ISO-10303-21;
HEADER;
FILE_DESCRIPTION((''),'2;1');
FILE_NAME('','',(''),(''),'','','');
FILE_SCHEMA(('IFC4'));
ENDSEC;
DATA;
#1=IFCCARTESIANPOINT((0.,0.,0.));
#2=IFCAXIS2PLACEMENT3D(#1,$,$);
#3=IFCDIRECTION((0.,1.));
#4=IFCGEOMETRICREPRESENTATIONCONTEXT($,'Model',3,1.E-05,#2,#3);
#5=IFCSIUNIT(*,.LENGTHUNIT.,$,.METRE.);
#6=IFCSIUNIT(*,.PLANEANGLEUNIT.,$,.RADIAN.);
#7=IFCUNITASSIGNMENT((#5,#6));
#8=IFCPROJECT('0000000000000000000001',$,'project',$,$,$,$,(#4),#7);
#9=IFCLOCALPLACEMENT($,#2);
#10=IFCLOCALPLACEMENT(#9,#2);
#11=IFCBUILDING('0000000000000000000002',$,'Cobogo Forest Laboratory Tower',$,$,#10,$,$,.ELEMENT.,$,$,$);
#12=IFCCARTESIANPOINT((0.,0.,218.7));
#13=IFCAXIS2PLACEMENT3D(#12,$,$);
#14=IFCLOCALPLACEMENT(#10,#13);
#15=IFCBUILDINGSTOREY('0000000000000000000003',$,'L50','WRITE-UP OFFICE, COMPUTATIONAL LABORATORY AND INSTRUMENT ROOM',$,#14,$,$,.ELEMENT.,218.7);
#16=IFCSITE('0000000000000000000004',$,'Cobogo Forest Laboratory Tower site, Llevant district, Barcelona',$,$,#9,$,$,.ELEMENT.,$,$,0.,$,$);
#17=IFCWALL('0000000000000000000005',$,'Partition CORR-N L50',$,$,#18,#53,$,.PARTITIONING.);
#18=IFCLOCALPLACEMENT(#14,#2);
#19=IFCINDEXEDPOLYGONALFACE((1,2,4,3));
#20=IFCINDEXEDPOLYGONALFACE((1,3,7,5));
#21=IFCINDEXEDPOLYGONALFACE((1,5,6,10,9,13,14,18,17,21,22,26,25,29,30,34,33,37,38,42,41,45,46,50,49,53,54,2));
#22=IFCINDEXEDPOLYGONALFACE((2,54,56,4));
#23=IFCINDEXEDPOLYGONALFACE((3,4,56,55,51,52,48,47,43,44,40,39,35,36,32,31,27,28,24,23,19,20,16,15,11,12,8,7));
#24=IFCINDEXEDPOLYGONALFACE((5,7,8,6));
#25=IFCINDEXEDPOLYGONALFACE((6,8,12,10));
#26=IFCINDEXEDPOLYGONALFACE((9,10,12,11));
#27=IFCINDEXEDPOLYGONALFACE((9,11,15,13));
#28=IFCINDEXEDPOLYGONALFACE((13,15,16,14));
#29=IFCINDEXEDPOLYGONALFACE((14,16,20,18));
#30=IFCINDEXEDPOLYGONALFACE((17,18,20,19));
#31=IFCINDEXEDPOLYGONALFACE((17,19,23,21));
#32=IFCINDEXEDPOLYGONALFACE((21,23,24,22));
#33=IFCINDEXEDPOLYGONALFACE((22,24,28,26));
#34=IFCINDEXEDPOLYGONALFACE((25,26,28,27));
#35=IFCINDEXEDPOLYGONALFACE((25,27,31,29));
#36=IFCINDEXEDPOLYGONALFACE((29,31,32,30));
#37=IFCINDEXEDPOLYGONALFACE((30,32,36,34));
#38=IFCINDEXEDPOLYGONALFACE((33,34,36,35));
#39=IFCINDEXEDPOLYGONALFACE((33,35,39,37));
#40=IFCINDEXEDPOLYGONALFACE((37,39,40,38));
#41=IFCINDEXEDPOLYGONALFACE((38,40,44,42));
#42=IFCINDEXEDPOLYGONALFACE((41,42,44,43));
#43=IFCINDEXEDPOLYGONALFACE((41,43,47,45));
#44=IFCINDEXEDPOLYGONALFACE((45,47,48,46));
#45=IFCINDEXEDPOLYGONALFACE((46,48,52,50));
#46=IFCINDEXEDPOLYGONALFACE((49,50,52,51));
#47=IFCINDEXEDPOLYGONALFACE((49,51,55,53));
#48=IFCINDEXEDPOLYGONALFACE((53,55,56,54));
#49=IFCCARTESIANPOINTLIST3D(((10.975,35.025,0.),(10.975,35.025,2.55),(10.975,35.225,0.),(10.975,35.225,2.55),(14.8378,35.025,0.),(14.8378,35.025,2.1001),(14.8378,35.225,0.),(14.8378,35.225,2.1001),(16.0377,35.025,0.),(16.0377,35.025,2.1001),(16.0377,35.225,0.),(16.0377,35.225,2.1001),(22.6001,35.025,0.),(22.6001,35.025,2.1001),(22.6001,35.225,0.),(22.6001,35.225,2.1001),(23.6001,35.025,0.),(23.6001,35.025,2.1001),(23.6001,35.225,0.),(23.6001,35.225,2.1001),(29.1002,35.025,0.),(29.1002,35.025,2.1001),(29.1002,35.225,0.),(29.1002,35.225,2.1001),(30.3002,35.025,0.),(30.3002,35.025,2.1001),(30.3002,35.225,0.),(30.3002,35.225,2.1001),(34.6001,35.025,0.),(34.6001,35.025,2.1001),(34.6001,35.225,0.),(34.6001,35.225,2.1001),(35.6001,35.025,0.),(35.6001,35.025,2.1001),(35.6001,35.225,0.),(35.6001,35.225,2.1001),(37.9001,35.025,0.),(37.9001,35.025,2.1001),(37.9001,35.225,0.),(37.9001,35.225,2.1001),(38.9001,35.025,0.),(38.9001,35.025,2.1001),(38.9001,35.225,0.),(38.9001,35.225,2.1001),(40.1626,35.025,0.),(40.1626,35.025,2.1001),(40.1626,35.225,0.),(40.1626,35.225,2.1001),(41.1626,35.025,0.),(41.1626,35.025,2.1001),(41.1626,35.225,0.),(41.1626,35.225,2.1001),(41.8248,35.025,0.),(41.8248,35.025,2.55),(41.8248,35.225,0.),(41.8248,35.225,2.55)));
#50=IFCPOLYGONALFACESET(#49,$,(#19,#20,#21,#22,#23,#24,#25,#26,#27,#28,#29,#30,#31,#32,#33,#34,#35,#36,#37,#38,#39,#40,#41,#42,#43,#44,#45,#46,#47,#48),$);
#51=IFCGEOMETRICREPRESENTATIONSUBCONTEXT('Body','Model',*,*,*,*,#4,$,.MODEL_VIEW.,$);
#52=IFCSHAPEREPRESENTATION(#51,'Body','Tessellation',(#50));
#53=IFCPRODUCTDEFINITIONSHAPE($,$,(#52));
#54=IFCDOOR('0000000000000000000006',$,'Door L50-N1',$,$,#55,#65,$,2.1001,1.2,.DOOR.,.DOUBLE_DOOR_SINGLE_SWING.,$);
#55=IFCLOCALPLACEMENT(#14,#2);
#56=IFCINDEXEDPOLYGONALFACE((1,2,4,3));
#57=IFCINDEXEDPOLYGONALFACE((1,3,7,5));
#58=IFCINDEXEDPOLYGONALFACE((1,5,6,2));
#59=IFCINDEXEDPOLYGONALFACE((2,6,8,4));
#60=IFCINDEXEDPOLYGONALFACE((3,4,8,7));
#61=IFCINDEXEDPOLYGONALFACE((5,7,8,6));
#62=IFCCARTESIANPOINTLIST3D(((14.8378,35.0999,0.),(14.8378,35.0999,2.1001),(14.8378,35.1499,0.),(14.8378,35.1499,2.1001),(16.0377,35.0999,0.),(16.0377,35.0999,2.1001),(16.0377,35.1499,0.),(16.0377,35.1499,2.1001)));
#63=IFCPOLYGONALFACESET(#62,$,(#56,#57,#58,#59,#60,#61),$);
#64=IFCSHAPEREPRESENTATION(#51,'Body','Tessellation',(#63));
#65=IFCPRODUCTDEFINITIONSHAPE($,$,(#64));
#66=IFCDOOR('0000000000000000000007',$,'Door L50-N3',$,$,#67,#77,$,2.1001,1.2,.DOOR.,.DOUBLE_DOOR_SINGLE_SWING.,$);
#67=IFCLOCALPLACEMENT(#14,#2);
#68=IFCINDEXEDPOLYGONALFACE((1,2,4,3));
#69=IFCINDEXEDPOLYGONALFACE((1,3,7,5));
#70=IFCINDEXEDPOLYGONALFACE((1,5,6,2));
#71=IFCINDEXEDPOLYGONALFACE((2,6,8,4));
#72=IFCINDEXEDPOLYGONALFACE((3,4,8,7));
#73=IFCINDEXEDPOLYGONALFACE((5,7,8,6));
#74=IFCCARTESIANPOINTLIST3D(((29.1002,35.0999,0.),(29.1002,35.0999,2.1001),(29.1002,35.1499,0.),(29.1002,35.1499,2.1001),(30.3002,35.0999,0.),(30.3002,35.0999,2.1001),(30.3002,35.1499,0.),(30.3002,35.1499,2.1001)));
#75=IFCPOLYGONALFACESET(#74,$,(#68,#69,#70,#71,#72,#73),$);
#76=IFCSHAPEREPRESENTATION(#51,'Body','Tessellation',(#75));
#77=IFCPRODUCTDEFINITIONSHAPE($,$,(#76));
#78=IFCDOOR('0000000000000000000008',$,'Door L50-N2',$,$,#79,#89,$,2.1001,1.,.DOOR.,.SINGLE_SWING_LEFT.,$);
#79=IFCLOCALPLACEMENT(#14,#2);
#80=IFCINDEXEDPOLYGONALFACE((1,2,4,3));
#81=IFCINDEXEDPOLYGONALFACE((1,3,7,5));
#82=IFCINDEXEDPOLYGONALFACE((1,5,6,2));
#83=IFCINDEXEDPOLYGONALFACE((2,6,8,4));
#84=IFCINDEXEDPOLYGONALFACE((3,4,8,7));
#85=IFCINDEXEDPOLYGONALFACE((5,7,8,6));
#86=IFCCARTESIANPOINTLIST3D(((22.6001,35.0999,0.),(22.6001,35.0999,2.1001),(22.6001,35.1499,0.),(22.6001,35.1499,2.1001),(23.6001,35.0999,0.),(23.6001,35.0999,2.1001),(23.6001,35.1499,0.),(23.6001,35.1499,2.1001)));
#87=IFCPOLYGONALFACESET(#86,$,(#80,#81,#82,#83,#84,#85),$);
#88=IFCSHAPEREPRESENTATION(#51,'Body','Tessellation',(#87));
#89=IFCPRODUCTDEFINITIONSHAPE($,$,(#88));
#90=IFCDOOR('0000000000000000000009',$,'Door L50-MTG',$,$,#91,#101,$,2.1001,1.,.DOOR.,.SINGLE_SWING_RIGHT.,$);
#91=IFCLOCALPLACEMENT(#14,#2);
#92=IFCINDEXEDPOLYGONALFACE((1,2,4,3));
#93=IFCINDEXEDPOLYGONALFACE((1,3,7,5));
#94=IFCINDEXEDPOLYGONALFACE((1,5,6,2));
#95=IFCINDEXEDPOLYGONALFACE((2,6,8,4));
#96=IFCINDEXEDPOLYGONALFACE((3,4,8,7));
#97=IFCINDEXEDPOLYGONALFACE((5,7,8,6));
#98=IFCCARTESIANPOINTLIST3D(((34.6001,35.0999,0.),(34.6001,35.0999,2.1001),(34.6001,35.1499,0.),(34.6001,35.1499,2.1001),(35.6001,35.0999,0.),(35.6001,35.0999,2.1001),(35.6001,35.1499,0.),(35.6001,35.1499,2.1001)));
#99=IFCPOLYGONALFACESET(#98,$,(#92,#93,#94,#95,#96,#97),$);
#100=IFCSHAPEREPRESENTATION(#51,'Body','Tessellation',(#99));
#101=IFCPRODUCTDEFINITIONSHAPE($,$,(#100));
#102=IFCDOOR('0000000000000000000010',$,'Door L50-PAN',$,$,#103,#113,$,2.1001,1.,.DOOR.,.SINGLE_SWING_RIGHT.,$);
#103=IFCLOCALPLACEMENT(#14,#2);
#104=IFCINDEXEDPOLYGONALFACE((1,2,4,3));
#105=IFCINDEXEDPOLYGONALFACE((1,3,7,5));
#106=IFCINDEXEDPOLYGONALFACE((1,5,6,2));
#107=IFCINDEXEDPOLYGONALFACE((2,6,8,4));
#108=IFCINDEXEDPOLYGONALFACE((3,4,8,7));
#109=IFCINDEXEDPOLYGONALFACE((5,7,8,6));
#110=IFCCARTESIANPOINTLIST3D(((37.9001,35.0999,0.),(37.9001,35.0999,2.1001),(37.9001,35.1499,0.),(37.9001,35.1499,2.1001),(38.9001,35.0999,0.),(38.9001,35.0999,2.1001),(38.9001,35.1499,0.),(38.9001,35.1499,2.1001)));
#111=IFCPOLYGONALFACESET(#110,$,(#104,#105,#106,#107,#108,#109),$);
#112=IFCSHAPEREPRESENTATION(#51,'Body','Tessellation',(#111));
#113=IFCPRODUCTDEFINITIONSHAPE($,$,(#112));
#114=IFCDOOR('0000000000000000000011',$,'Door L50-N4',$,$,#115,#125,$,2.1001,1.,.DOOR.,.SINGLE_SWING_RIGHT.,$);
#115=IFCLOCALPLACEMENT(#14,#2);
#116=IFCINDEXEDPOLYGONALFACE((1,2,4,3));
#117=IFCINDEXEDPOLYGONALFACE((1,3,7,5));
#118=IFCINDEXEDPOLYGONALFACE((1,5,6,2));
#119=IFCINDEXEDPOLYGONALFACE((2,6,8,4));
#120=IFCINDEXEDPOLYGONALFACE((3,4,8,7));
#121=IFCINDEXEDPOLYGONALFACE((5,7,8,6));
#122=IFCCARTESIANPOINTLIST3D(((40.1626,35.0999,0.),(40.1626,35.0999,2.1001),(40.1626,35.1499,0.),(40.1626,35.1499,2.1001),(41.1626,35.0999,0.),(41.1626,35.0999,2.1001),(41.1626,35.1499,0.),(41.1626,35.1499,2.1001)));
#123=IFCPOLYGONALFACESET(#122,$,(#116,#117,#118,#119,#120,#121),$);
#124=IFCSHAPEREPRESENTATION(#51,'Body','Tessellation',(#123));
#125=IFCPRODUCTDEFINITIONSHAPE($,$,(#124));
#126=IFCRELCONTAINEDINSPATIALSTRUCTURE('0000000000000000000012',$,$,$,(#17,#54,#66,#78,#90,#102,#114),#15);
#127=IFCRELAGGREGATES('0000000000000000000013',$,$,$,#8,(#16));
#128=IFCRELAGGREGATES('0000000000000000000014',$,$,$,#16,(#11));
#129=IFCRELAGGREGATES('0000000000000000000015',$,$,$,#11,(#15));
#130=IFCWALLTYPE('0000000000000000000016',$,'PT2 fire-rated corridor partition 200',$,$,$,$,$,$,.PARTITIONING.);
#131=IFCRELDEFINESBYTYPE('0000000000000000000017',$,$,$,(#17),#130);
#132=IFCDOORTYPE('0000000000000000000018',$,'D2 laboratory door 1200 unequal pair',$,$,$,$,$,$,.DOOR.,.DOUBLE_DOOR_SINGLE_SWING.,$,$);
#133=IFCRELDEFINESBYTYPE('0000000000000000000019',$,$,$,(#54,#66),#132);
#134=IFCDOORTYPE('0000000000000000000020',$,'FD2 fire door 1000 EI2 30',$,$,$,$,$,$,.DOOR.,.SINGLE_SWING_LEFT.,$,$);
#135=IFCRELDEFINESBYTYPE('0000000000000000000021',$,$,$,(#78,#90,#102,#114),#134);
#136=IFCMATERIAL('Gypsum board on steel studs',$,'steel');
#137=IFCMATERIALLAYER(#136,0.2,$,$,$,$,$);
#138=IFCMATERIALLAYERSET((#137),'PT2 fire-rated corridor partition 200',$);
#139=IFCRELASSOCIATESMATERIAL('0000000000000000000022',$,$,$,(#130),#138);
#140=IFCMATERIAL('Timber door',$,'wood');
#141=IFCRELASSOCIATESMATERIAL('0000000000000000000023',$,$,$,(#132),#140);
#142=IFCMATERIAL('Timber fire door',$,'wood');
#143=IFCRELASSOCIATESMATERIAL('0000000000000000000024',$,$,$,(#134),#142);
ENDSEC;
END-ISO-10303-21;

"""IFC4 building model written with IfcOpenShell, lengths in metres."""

from ifc_helpers import new_model, si_unit, direction, frame, frame_2d, origin, place, context, subcontext, project, spatial, rectangle, extrude, material, layer, layer_set, type_object, element, fill, save


model = new_model("IFC4")

# Units and contexts
model_context = context("Model", 3, precision=1e-05, world=origin(), true_north=direction((0.0, 1.0)))
body_context = subcontext(model_context, "Body", "Model", "MODEL_VIEW")
ifc_project = project(units=[si_unit("LENGTHUNIT", "METRE"), si_unit("PLANEANGLEUNIT", "RADIAN")], contexts=[model_context])

# Site, building, storey
site_placement = place(None, origin())
site = spatial("IfcSite", under=ifc_project, at=site_placement, Name="Cobogo Forest Laboratory Tower site, Llevant district, Barcelona", CompositionType="ELEMENT", RefElevation=0.0)
building_placement = place(site_placement, origin())
building = spatial("IfcBuilding", under=site, at=building_placement, Name="Cobogo Forest Laboratory Tower", CompositionType="ELEMENT")
storey_placement = place(building_placement, frame((0.0, 0.0, 218.7)))
storey = spatial("IfcBuildingStorey", under=building, at=storey_placement, Name="L50", Description="WRITE-UP OFFICE, COMPUTATIONAL LABORATORY AND INSTRUMENT ROOM", CompositionType="ELEMENT", Elevation=218.7)

# Wall, openings, doors
ifc_material_1 = material(Name="Gypsum board on steel studs", Category="steel")
ifc_layer_1 = layer(ifc_material_1, 0.2)
ifc_layer_set_1 = layer_set([ifc_layer_1], Name="PT2 fire-rated corridor partition 200")
wall_type_1 = type_object("IfcWallType", Name="PT2 fire-rated corridor partition 200", PredefinedType="PARTITIONING", material=ifc_layer_set_1)
wall_1_placement = place(storey_placement, frame((10.9751, 35.125, 0.0), z_axis=(0.0, 0.0, 1.0), x_axis=(1.0, 0.0, 0.0)))
wall_1 = element("IfcWall", 1, at=wall_1_placement, inside=storey, type_object=wall_type_1, Name="Partition CORR-N L50", PredefinedType="PARTITIONING", context=body_context, shape_type="SweptSolid", body=[
    extrude(rectangle(XDim=30.8499, YDim=0.2, at=frame_2d((15.4248, 0.0))), origin(), (0.0, 0.0, 1.0), 2.55),
])
opening_1_placement = place(wall_1_placement, frame((3.8625, 0.0, 0.0)))
opening_1 = element("IfcOpeningElement", 2, at=opening_1_placement, cuts=wall_1, PredefinedType="OPENING", context=body_context, shape_type="SweptSolid", body=[
    extrude(rectangle(XDim=1.2, YDim=2.1001, at=frame_2d((0.6001, 1.05))), frame((0.0, 0.1099, 0.0), z_axis=(0.0, -1.0, 0.0), x_axis=(1.0, 0.0, 0.0)), (0.0, 0.0, 1.0), 0.22),
])
opening_2_placement = place(wall_1_placement, frame((11.625, 0.0, 0.0)))
opening_2 = element("IfcOpeningElement", 3, at=opening_2_placement, cuts=wall_1, PredefinedType="OPENING", context=body_context, shape_type="SweptSolid", body=[
    extrude(rectangle(XDim=1.0, YDim=2.1001, at=frame_2d((0.5, 1.05))), frame((0.0, 0.1099, 0.0), z_axis=(0.0, -1.0, 0.0), x_axis=(1.0, 0.0, 0.0)), (0.0, 0.0, 1.0), 0.22),
])
opening_3_placement = place(wall_1_placement, frame((18.125, 0.0, 0.0)))
opening_3 = element("IfcOpeningElement", 4, at=opening_3_placement, cuts=wall_1, PredefinedType="OPENING", context=body_context, shape_type="SweptSolid", body=[
    extrude(rectangle(XDim=1.2, YDim=2.1001, at=frame_2d((0.6001, 1.05))), frame((0.0, 0.1099, 0.0), z_axis=(0.0, -1.0, 0.0), x_axis=(1.0, 0.0, 0.0)), (0.0, 0.0, 1.0), 0.22),
])
opening_4_placement = place(wall_1_placement, frame((23.625, 0.0, 0.0)))
opening_4 = element("IfcOpeningElement", 5, at=opening_4_placement, cuts=wall_1, PredefinedType="OPENING", context=body_context, shape_type="SweptSolid", body=[
    extrude(rectangle(XDim=1.0, YDim=2.1001, at=frame_2d((0.5, 1.05))), frame((0.0, 0.1099, 0.0), z_axis=(0.0, -1.0, 0.0), x_axis=(1.0, 0.0, 0.0)), (0.0, 0.0, 1.0), 0.22),
])
opening_5_placement = place(wall_1_placement, frame((26.925, 0.0, 0.0)))
opening_5 = element("IfcOpeningElement", 6, at=opening_5_placement, cuts=wall_1, PredefinedType="OPENING", context=body_context, shape_type="SweptSolid", body=[
    extrude(rectangle(XDim=1.0, YDim=2.1001, at=frame_2d((0.5, 1.05))), frame((0.0, 0.1099, 0.0), z_axis=(0.0, -1.0, 0.0), x_axis=(1.0, 0.0, 0.0)), (0.0, 0.0, 1.0), 0.22),
])
opening_6_placement = place(wall_1_placement, frame((29.1875, 0.0, 0.0)))
opening_6 = element("IfcOpeningElement", 7, at=opening_6_placement, cuts=wall_1, PredefinedType="OPENING", context=body_context, shape_type="SweptSolid", body=[
    extrude(rectangle(XDim=1.0, YDim=2.1001, at=frame_2d((0.5, 1.05))), frame((0.0, 0.1099, 0.0), z_axis=(0.0, -1.0, 0.0), x_axis=(1.0, 0.0, 0.0)), (0.0, 0.0, 1.0), 0.22),
])
ifc_material_2 = material(Name="Timber door", Category="wood")
door_type_1 = type_object("IfcDoorType", Name="D2 laboratory door 1200 unequal pair", OperationType="DOUBLE_DOOR_SINGLE_SWING", PredefinedType="DOOR", material=ifc_material_2)
door_1_placement = place(opening_1_placement, origin())
door_1 = element("IfcDoor", 8, at=door_1_placement, inside=storey, type_object=door_type_1, Name="Door L50-N1", OperationType="DOUBLE_DOOR_SINGLE_SWING", OverallHeight=2.1001, OverallWidth=1.2, PredefinedType="DOOR", context=body_context, shape_type="SweptSolid", body=[
    extrude(rectangle(XDim=1.2, YDim=2.1001, at=frame_2d((0.6001, 1.05))), frame((0.0, 0.0249, 0.0), z_axis=(0.0, -1.0, 0.0), x_axis=(1.0, 0.0, 0.0)), (0.0, 0.0, 1.0), 0.05),
])
fill(opening_1, door_1)
door_2_placement = place(opening_3_placement, origin())
door_2 = element("IfcDoor", 9, at=door_2_placement, inside=storey, type_object=door_type_1, Name="Door L50-N3", OperationType="DOUBLE_DOOR_SINGLE_SWING", OverallHeight=2.1001, OverallWidth=1.2, PredefinedType="DOOR", context=body_context, shape_type="SweptSolid", body=[
    extrude(rectangle(XDim=1.2, YDim=2.1001, at=frame_2d((0.6001, 1.05))), frame((0.0, 0.0249, 0.0), z_axis=(0.0, -1.0, 0.0), x_axis=(1.0, 0.0, 0.0)), (0.0, 0.0, 1.0), 0.05),
])
fill(opening_3, door_2)
ifc_material_3 = material(Name="Timber fire door", Category="wood")
door_type_2 = type_object("IfcDoorType", Name="FD2 fire door 1000 EI2 30", OperationType="SINGLE_SWING_LEFT", PredefinedType="DOOR", material=ifc_material_3)
door_3_placement = place(opening_2_placement, origin())
door_3 = element("IfcDoor", 10, at=door_3_placement, inside=storey, type_object=door_type_2, Name="Door L50-N2", OperationType="SINGLE_SWING_LEFT", OverallHeight=2.1001, OverallWidth=1.0, PredefinedType="DOOR", context=body_context, shape_type="SweptSolid", body=[
    extrude(rectangle(XDim=1.0, YDim=2.1001, at=frame_2d((0.5, 1.05))), frame((0.0, 0.0249, 0.0), z_axis=(0.0, -1.0, 0.0), x_axis=(1.0, 0.0, 0.0)), (0.0, 0.0, 1.0), 0.05),
])
fill(opening_2, door_3)
door_4_placement = place(opening_4_placement, origin())
door_4 = element("IfcDoor", 11, at=door_4_placement, inside=storey, type_object=door_type_2, Name="Door L50-MTG", OperationType="SINGLE_SWING_RIGHT", OverallHeight=2.1001, OverallWidth=1.0, PredefinedType="DOOR", context=body_context, shape_type="SweptSolid", body=[
    extrude(rectangle(XDim=1.0, YDim=2.1001, at=frame_2d((0.5, 1.05))), frame((0.0, 0.0249, 0.0), z_axis=(0.0, -1.0, 0.0), x_axis=(1.0, 0.0, 0.0)), (0.0, 0.0, 1.0), 0.05),
])
fill(opening_4, door_4)
door_5_placement = place(opening_5_placement, origin())
door_5 = element("IfcDoor", 12, at=door_5_placement, inside=storey, type_object=door_type_2, Name="Door L50-PAN", OperationType="SINGLE_SWING_RIGHT", OverallHeight=2.1001, OverallWidth=1.0, PredefinedType="DOOR", context=body_context, shape_type="SweptSolid", body=[
    extrude(rectangle(XDim=1.0, YDim=2.1001, at=frame_2d((0.5, 1.05))), frame((0.0, 0.0249, 0.0), z_axis=(0.0, -1.0, 0.0), x_axis=(1.0, 0.0, 0.0)), (0.0, 0.0, 1.0), 0.05),
])
fill(opening_5, door_5)
door_6_placement = place(opening_6_placement, origin())
door_6 = element("IfcDoor", 13, at=door_6_placement, inside=storey, type_object=door_type_2, Name="Door L50-N4", OperationType="SINGLE_SWING_RIGHT", OverallHeight=2.1001, OverallWidth=1.0, PredefinedType="DOOR", context=body_context, shape_type="SweptSolid", body=[
    extrude(rectangle(XDim=1.0, YDim=2.1001, at=frame_2d((0.5, 1.05))), frame((0.0, 0.0249, 0.0), z_axis=(0.0, -1.0, 0.0), x_axis=(1.0, 0.0, 0.0)), (0.0, 0.0, 1.0), 0.05),
])
fill(opening_6, door_6)

save(model, "model.ifc")
